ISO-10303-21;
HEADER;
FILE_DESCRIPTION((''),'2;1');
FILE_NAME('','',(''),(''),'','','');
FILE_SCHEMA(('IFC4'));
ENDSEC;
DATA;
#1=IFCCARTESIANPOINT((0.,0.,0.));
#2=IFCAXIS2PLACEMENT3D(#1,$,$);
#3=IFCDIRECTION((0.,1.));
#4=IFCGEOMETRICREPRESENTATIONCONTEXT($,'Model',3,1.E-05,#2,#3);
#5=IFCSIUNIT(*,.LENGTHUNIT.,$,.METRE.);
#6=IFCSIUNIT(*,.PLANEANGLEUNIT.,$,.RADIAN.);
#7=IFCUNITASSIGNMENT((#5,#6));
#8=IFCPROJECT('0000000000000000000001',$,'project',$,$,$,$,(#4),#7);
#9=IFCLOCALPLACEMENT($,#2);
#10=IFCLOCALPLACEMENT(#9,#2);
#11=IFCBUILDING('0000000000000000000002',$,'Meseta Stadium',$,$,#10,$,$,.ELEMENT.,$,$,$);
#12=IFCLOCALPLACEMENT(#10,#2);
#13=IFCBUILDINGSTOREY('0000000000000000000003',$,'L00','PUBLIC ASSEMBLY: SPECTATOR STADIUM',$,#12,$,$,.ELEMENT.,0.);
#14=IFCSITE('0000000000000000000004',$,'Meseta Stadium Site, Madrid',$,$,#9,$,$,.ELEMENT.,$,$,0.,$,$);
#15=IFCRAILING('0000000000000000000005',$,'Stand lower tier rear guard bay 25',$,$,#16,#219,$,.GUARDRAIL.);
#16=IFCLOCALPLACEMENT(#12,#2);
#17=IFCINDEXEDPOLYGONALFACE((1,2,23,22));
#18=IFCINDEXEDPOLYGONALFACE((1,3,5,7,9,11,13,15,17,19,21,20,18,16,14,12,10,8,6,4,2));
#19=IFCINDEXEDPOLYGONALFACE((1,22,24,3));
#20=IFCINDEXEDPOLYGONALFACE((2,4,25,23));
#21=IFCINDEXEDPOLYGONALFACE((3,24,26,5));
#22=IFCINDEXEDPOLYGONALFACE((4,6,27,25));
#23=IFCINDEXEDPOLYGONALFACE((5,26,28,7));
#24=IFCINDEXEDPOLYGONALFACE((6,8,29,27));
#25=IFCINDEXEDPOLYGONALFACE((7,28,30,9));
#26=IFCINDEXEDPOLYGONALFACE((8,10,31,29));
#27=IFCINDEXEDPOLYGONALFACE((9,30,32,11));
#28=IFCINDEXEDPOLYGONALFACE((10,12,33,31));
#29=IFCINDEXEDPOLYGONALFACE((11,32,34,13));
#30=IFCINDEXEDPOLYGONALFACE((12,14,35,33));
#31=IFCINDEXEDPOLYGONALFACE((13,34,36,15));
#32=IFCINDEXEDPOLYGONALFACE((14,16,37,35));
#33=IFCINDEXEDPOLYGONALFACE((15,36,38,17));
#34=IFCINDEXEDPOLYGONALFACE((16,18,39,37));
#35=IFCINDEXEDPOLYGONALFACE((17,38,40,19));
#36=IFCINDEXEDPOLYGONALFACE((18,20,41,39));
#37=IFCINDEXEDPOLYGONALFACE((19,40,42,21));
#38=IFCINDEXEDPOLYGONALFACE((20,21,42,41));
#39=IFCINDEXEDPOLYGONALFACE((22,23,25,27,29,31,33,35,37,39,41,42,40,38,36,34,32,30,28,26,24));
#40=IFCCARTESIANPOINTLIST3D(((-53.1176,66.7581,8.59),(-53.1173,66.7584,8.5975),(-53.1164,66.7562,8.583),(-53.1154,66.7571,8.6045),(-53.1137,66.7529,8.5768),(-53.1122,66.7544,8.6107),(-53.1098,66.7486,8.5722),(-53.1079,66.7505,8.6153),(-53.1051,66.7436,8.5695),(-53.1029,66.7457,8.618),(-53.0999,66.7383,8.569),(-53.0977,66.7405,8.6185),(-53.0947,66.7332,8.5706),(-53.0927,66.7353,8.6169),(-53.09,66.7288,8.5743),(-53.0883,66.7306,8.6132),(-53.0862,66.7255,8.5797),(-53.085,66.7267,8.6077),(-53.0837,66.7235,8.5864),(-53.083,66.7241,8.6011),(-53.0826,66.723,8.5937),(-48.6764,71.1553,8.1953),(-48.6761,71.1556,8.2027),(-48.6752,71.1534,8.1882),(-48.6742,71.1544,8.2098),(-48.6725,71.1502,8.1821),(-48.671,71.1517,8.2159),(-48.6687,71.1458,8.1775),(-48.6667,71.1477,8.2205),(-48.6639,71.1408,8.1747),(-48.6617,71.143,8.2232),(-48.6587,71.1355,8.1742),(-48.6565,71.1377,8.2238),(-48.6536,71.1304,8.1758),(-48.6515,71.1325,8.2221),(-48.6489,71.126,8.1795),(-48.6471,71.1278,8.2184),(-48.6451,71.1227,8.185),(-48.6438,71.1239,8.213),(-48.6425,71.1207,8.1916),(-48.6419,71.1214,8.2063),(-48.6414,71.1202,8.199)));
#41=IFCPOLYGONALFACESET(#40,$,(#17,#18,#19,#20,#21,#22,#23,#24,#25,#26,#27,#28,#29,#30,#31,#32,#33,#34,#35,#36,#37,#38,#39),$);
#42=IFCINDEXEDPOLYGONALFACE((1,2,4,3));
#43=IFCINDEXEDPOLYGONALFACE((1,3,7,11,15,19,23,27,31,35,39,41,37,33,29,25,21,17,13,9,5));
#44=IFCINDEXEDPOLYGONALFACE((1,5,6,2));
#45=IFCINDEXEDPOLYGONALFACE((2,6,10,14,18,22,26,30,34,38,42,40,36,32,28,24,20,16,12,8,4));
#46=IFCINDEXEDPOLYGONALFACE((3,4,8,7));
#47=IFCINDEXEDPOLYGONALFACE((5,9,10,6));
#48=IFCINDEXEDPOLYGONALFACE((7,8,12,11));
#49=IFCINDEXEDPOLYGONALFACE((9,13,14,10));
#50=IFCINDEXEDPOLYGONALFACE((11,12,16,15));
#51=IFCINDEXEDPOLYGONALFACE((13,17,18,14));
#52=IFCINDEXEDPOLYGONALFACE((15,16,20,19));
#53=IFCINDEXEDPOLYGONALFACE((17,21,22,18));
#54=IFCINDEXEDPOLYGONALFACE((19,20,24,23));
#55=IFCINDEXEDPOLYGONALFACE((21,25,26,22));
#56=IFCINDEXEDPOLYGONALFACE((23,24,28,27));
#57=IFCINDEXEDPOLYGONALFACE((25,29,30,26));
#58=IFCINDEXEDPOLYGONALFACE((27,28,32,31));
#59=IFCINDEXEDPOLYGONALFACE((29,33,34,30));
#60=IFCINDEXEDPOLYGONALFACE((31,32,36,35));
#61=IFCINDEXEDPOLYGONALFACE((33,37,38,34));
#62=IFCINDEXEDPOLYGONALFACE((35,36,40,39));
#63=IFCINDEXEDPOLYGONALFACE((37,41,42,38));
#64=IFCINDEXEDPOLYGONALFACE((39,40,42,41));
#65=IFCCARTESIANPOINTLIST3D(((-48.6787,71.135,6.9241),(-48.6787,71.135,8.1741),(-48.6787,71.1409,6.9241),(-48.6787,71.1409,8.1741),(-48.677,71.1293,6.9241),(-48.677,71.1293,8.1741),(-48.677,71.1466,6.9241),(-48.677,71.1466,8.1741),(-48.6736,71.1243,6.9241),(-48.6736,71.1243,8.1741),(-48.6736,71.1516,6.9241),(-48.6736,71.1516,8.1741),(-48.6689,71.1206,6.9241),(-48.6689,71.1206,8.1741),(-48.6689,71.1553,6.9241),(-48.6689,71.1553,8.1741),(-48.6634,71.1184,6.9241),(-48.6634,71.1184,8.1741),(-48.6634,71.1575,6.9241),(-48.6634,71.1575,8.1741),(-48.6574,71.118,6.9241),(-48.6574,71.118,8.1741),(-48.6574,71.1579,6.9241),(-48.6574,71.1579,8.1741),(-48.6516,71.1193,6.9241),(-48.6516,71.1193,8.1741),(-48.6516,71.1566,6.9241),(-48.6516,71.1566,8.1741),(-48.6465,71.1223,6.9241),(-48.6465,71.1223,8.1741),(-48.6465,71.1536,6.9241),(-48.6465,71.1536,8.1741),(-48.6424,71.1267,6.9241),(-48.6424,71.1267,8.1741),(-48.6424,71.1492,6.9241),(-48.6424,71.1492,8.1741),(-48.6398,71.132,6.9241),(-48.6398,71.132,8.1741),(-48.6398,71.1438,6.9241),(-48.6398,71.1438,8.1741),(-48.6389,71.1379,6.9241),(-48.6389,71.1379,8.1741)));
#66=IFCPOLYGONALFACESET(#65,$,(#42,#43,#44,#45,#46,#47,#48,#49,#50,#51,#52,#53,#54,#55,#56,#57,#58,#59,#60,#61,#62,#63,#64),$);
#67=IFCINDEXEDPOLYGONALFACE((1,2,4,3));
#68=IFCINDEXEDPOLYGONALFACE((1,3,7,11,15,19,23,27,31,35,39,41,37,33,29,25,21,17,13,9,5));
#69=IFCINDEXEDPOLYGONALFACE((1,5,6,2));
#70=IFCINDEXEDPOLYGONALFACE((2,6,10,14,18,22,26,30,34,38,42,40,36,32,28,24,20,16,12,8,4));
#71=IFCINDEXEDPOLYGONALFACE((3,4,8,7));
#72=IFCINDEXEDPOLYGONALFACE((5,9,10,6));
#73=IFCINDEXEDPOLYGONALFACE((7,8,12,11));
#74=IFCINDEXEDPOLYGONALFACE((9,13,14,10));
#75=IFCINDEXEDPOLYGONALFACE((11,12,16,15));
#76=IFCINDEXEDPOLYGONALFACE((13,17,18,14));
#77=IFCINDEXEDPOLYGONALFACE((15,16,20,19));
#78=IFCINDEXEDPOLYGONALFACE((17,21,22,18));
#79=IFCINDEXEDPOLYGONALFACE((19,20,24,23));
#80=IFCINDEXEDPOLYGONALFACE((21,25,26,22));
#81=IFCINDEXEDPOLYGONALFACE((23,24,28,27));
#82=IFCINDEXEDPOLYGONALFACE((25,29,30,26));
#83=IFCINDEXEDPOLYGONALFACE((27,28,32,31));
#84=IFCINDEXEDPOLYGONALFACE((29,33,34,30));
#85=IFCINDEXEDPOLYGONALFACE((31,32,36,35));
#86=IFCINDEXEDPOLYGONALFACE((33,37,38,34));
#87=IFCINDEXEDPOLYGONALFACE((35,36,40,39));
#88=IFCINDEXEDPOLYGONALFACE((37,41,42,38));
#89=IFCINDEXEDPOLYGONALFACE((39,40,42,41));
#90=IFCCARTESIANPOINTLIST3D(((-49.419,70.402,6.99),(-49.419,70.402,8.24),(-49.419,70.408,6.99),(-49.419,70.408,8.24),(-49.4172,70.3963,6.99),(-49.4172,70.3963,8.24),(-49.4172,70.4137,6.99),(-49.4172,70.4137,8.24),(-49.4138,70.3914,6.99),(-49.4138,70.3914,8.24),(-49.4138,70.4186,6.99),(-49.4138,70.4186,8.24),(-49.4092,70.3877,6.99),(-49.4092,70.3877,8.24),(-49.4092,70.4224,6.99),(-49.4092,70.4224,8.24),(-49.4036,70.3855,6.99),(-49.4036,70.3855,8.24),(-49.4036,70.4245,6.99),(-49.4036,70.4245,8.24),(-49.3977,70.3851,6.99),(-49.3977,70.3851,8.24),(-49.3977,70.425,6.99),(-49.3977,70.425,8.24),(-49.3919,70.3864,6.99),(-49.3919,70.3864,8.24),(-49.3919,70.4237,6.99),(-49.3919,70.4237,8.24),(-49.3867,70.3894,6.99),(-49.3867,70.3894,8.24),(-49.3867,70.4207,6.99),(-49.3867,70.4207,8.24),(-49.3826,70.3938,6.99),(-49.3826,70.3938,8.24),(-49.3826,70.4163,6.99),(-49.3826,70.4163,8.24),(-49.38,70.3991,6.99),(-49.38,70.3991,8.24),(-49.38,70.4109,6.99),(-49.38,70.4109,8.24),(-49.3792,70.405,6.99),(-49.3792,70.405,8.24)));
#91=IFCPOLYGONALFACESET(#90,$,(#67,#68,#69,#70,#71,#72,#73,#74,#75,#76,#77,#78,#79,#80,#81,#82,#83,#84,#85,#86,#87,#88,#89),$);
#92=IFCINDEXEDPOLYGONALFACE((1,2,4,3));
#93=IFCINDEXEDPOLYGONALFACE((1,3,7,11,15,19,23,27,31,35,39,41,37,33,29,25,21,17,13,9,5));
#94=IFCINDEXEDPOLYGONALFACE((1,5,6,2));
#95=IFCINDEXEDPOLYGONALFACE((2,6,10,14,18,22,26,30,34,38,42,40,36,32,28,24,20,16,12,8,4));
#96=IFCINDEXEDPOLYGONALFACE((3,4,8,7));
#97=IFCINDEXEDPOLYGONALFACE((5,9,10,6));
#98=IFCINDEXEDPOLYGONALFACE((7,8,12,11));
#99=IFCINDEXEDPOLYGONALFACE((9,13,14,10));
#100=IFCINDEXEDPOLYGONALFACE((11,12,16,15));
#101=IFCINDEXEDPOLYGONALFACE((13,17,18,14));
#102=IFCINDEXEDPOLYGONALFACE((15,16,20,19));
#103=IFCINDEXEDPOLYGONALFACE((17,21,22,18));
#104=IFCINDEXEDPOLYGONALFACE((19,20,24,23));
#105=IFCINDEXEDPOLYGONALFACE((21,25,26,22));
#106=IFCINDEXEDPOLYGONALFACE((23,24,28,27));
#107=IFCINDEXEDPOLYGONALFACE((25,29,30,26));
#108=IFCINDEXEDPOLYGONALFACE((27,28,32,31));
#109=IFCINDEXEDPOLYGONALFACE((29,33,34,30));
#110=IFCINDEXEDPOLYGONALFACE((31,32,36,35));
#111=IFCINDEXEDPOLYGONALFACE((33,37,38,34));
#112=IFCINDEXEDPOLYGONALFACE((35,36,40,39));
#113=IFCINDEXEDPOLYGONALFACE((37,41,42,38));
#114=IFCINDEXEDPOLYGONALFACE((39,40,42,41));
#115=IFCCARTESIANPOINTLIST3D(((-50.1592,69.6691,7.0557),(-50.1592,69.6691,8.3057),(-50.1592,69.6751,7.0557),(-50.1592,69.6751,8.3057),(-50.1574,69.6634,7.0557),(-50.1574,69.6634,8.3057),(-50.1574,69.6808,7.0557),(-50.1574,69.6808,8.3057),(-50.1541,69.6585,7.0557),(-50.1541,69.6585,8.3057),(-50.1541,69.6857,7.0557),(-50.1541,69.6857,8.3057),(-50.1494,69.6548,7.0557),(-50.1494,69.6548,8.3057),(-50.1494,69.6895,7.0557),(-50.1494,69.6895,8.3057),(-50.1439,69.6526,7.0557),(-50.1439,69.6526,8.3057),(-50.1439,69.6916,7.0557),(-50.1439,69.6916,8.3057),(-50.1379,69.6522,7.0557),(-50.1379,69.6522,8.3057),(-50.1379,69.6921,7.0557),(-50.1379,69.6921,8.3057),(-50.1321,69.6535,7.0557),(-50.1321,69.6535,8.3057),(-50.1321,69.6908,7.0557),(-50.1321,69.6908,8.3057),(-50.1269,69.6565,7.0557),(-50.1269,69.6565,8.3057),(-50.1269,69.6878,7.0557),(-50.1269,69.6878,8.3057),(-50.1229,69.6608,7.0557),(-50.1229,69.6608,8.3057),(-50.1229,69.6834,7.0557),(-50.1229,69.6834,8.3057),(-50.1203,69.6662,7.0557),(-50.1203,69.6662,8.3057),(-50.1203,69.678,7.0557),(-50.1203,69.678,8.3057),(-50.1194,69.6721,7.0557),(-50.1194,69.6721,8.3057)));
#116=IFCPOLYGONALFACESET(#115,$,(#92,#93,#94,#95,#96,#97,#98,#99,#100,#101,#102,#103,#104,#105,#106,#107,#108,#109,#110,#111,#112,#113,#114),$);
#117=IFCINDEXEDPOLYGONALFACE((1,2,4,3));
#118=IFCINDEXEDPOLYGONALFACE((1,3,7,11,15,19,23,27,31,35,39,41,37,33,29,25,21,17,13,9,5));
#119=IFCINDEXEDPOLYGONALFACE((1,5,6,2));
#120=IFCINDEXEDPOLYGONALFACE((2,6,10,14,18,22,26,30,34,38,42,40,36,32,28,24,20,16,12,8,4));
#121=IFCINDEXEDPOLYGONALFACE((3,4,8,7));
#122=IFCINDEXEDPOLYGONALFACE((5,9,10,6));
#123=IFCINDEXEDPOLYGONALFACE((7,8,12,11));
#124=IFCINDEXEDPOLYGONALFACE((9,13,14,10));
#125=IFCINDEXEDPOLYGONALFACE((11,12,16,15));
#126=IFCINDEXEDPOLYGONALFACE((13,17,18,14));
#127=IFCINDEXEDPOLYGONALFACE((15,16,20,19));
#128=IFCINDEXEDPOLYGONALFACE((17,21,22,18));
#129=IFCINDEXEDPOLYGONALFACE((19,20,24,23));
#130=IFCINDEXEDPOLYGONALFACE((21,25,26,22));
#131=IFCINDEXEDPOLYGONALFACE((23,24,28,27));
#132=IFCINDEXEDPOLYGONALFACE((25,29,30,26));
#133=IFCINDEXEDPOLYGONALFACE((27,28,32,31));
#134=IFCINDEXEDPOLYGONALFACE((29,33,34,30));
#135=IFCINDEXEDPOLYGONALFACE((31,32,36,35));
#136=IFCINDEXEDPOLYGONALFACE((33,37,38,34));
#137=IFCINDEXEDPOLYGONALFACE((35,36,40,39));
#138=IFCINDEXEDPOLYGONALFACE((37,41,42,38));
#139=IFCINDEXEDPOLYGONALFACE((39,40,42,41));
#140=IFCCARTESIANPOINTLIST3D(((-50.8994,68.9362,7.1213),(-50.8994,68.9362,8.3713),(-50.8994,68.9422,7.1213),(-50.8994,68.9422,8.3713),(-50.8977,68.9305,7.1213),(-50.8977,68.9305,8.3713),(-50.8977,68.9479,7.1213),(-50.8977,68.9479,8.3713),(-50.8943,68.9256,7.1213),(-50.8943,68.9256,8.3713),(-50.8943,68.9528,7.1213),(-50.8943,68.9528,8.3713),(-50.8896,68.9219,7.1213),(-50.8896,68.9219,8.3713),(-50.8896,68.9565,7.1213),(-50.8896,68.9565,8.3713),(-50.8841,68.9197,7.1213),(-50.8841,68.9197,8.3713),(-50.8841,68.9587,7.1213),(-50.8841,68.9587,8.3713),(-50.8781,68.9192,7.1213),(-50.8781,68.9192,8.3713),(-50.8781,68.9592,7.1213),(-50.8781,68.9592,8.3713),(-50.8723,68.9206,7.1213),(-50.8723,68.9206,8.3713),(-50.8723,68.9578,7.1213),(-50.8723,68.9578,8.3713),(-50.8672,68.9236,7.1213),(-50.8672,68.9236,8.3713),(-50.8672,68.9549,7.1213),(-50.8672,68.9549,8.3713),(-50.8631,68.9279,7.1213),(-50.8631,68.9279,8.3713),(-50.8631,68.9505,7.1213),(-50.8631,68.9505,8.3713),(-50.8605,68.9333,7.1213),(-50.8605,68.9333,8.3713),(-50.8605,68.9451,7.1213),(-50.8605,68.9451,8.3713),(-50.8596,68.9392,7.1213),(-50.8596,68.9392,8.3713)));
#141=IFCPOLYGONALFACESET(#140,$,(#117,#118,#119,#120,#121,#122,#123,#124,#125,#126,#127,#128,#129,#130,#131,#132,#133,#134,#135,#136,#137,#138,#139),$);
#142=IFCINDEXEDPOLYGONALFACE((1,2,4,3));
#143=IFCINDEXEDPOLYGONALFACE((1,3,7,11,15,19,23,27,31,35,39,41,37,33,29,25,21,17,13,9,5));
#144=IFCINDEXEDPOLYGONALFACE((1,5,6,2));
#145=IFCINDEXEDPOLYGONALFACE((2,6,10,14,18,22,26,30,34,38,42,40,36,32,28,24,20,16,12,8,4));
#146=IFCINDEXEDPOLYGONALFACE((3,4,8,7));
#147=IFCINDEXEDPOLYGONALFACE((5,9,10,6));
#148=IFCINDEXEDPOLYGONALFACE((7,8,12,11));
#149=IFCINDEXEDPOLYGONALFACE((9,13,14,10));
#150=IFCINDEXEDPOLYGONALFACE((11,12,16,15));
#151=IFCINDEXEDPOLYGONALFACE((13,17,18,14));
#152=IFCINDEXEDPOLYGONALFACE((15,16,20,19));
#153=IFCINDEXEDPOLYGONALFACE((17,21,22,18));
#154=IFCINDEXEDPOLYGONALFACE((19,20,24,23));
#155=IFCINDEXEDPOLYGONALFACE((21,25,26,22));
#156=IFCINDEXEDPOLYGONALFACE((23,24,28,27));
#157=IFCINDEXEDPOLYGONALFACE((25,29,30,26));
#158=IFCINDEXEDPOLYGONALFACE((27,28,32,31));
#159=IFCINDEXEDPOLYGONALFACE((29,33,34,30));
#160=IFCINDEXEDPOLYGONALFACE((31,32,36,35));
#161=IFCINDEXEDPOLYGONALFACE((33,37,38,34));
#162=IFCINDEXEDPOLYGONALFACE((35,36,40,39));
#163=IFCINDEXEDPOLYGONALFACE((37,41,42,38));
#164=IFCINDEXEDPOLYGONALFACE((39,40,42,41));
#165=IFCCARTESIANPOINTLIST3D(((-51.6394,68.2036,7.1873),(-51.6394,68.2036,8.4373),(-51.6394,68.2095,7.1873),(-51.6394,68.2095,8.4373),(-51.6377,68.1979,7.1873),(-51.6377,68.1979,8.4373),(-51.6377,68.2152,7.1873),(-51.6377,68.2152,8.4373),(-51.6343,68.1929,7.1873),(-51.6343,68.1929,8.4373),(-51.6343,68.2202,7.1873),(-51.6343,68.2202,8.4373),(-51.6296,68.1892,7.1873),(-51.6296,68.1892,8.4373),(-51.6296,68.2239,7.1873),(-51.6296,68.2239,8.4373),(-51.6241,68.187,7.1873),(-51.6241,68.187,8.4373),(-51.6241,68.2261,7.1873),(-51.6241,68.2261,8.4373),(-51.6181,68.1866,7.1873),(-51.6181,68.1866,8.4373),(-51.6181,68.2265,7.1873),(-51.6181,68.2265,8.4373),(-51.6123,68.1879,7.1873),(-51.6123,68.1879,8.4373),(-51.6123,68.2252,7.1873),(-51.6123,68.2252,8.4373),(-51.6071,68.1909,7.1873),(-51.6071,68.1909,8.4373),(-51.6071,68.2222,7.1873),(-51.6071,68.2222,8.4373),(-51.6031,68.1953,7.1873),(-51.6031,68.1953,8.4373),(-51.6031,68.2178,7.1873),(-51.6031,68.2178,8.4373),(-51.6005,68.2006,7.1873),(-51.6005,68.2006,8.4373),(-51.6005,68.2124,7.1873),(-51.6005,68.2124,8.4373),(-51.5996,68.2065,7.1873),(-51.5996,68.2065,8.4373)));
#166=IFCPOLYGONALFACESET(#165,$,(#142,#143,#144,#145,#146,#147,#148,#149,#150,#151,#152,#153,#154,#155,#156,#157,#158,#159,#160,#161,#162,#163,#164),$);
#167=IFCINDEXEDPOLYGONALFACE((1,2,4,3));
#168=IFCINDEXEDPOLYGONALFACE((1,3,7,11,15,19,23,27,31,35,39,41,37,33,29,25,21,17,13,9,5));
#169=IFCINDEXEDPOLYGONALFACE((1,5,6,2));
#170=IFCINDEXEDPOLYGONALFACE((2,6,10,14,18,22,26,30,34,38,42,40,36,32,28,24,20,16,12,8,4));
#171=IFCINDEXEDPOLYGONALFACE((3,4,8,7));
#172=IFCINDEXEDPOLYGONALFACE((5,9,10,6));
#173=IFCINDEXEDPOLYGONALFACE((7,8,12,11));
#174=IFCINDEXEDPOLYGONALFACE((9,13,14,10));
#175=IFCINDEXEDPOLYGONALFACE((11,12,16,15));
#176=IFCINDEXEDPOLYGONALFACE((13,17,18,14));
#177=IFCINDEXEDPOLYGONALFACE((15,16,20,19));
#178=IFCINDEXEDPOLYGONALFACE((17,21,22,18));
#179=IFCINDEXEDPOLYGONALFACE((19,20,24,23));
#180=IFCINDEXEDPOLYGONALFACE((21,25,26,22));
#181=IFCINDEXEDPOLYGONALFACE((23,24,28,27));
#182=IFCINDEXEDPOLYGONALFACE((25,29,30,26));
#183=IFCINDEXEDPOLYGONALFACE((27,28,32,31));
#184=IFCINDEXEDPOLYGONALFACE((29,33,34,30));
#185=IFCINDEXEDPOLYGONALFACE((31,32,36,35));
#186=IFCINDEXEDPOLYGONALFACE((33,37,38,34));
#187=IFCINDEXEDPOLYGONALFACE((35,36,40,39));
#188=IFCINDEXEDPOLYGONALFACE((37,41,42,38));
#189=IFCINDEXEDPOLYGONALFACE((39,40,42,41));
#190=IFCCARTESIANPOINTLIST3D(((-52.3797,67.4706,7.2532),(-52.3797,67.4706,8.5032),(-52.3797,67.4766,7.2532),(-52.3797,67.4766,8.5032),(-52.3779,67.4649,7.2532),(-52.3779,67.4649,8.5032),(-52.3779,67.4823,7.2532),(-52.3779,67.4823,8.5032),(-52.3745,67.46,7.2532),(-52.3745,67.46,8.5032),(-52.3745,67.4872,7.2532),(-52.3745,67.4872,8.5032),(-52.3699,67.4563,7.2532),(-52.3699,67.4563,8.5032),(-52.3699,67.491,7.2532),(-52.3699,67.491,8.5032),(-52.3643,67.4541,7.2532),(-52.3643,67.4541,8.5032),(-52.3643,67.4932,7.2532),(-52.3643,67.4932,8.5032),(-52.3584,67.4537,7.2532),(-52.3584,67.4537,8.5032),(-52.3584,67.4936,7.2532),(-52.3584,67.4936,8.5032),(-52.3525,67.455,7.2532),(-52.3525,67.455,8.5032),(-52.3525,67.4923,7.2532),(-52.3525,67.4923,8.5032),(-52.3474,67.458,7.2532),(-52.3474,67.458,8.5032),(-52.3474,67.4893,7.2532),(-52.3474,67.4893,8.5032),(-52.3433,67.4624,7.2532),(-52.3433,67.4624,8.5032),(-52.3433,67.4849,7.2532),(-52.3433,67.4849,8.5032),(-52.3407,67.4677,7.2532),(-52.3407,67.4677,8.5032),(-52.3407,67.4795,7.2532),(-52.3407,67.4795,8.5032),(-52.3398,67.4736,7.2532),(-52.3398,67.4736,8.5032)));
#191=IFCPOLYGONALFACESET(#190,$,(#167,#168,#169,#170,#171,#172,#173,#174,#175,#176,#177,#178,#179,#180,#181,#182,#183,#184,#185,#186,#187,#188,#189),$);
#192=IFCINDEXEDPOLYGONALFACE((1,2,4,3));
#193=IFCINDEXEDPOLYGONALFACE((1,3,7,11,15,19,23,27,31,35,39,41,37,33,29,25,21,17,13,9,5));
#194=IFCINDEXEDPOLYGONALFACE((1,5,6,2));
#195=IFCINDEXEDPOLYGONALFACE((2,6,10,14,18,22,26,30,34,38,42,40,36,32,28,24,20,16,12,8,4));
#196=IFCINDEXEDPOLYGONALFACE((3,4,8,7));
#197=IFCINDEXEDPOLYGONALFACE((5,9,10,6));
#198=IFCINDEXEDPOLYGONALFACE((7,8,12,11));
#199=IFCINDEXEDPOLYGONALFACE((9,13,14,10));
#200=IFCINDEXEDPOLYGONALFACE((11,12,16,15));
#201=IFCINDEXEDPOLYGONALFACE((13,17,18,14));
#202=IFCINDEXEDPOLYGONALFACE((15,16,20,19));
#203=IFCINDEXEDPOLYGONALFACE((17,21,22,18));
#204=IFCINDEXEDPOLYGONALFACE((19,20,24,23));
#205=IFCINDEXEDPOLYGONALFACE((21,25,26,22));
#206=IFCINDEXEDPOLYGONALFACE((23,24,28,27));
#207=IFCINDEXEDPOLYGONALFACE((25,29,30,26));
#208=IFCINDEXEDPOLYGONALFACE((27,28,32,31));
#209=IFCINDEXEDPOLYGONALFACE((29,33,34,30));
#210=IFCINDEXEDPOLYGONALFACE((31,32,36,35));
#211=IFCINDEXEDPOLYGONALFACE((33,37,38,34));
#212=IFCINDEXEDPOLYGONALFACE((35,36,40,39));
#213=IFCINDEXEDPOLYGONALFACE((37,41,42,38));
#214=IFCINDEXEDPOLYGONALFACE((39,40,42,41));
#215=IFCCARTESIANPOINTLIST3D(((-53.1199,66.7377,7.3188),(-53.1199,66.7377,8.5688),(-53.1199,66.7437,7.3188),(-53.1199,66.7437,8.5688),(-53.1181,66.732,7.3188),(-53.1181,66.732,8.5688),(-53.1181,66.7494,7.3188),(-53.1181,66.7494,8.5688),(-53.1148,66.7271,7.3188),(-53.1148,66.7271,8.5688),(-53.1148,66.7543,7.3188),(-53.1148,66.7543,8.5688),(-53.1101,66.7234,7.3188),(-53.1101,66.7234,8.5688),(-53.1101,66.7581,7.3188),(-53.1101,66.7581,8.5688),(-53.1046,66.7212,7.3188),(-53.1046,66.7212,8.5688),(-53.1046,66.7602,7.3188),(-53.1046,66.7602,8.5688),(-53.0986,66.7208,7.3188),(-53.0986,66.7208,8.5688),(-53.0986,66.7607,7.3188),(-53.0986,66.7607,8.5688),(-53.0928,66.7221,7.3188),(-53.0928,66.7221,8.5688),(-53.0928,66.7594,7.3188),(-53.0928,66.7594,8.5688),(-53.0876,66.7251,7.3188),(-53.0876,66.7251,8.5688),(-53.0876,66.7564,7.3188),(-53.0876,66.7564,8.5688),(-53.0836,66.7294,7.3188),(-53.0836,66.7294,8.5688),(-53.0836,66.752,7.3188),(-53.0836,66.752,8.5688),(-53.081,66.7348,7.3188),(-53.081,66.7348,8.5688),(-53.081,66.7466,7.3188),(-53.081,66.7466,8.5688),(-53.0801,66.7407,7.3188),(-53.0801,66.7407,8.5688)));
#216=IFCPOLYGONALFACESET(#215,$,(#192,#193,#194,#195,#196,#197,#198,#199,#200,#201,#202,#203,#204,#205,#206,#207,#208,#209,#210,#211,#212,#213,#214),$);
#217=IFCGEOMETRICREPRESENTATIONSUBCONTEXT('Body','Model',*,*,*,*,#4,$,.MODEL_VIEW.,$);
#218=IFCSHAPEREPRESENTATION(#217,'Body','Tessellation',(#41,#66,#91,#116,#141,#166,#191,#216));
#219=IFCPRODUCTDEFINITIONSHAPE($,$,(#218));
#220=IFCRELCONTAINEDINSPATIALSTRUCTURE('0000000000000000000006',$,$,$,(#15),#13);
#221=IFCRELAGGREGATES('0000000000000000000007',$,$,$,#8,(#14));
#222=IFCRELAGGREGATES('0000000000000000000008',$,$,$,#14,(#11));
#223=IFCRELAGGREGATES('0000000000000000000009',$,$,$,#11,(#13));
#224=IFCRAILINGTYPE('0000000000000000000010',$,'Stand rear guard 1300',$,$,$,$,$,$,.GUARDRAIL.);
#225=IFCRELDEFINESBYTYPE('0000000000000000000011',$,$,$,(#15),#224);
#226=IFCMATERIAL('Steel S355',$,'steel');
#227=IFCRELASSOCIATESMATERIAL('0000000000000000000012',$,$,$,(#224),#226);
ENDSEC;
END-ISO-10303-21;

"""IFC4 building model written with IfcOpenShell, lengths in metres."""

from ifc_helpers import new_model, si_unit, direction, frame, origin, origin_2d, place, context, subcontext, project, spatial, circle, extrude, material, type_object, element, save


model = new_model("IFC4")

# Units and contexts
model_context = context("Model", 3, precision=1e-05, world=origin(), true_north=direction((0.0, 1.0)))
body_context = subcontext(model_context, "Body", "Model", "MODEL_VIEW")
ifc_project = project(units=[si_unit("LENGTHUNIT", "METRE"), si_unit("PLANEANGLEUNIT", "RADIAN")], contexts=[model_context])

# Site, building, storey
site_placement = place(None, origin())
site = spatial("IfcSite", under=ifc_project, at=site_placement, Name="Meseta Stadium Site, Madrid", CompositionType="ELEMENT", RefElevation=0.0)
building_placement = place(site_placement, origin())
building = spatial("IfcBuilding", under=site, at=building_placement, Name="Meseta Stadium", CompositionType="ELEMENT")
storey_placement = place(building_placement, origin())
storey = spatial("IfcBuildingStorey", under=building, at=storey_placement, Name="L00", Description="PUBLIC ASSEMBLY: SPECTATOR STADIUM", CompositionType="ELEMENT", Elevation=0.0)

# Railing
ifc_material_1 = material(Name="Steel S355", Category="steel")
railing_type_1 = type_object("IfcRailingType", Name="Stand rear guard 1300", PredefinedType="GUARDRAIL", material=ifc_material_1)
railing_1_placement = place(storey_placement, frame((-48.6589, 71.1379, 6.9241)))
element("IfcRailing", 1, at=railing_1_placement, inside=storey, type_object=railing_type_1, Name="Stand lower tier rear guard bay 25", PredefinedType="GUARDRAIL", context=body_context, shape_type="SweptSolid", body=[
    extrude(circle(Radius=0.0249, at=origin_2d()), frame((0.0, 0.0, 1.2749), z_axis=(-0.7092, -0.702183, 0.063041), x_axis=(0.703582, -0.710614, 0.0)), (0.0, 0.0, 1.0), 6.2622),
    extrude(circle(Radius=0.02, at=origin_2d()), origin(), (0.0, 0.0, 1.0), 1.25),
    extrude(circle(Radius=0.02, at=origin_2d()), frame((-0.7402, -0.7329, 0.0659)), (0.0, 0.0, 1.0), 1.25),
    extrude(circle(Radius=0.02, at=origin_2d()), frame((-1.4805, -1.4658, 0.1316)), (0.0, 0.0, 1.0), 1.25),
    extrude(circle(Radius=0.02, at=origin_2d()), frame((-2.2207, -2.1987, 0.1973)), (0.0, 0.0, 1.0), 1.25),
    extrude(circle(Radius=0.02, at=origin_2d()), frame((-2.9607, -2.9314, 0.2632)), (0.0, 0.0, 1.0), 1.25),
    extrude(circle(Radius=0.02, at=origin_2d()), frame((-3.7009, -3.6643, 0.3291)), (0.0, 0.0, 1.0), 1.25),
    extrude(circle(Radius=0.02, at=origin_2d()), frame((-4.4412, -4.3972, 0.3948)), (0.0, 0.0, 1.0), 1.25),
])

save(model, "model.ifc")
